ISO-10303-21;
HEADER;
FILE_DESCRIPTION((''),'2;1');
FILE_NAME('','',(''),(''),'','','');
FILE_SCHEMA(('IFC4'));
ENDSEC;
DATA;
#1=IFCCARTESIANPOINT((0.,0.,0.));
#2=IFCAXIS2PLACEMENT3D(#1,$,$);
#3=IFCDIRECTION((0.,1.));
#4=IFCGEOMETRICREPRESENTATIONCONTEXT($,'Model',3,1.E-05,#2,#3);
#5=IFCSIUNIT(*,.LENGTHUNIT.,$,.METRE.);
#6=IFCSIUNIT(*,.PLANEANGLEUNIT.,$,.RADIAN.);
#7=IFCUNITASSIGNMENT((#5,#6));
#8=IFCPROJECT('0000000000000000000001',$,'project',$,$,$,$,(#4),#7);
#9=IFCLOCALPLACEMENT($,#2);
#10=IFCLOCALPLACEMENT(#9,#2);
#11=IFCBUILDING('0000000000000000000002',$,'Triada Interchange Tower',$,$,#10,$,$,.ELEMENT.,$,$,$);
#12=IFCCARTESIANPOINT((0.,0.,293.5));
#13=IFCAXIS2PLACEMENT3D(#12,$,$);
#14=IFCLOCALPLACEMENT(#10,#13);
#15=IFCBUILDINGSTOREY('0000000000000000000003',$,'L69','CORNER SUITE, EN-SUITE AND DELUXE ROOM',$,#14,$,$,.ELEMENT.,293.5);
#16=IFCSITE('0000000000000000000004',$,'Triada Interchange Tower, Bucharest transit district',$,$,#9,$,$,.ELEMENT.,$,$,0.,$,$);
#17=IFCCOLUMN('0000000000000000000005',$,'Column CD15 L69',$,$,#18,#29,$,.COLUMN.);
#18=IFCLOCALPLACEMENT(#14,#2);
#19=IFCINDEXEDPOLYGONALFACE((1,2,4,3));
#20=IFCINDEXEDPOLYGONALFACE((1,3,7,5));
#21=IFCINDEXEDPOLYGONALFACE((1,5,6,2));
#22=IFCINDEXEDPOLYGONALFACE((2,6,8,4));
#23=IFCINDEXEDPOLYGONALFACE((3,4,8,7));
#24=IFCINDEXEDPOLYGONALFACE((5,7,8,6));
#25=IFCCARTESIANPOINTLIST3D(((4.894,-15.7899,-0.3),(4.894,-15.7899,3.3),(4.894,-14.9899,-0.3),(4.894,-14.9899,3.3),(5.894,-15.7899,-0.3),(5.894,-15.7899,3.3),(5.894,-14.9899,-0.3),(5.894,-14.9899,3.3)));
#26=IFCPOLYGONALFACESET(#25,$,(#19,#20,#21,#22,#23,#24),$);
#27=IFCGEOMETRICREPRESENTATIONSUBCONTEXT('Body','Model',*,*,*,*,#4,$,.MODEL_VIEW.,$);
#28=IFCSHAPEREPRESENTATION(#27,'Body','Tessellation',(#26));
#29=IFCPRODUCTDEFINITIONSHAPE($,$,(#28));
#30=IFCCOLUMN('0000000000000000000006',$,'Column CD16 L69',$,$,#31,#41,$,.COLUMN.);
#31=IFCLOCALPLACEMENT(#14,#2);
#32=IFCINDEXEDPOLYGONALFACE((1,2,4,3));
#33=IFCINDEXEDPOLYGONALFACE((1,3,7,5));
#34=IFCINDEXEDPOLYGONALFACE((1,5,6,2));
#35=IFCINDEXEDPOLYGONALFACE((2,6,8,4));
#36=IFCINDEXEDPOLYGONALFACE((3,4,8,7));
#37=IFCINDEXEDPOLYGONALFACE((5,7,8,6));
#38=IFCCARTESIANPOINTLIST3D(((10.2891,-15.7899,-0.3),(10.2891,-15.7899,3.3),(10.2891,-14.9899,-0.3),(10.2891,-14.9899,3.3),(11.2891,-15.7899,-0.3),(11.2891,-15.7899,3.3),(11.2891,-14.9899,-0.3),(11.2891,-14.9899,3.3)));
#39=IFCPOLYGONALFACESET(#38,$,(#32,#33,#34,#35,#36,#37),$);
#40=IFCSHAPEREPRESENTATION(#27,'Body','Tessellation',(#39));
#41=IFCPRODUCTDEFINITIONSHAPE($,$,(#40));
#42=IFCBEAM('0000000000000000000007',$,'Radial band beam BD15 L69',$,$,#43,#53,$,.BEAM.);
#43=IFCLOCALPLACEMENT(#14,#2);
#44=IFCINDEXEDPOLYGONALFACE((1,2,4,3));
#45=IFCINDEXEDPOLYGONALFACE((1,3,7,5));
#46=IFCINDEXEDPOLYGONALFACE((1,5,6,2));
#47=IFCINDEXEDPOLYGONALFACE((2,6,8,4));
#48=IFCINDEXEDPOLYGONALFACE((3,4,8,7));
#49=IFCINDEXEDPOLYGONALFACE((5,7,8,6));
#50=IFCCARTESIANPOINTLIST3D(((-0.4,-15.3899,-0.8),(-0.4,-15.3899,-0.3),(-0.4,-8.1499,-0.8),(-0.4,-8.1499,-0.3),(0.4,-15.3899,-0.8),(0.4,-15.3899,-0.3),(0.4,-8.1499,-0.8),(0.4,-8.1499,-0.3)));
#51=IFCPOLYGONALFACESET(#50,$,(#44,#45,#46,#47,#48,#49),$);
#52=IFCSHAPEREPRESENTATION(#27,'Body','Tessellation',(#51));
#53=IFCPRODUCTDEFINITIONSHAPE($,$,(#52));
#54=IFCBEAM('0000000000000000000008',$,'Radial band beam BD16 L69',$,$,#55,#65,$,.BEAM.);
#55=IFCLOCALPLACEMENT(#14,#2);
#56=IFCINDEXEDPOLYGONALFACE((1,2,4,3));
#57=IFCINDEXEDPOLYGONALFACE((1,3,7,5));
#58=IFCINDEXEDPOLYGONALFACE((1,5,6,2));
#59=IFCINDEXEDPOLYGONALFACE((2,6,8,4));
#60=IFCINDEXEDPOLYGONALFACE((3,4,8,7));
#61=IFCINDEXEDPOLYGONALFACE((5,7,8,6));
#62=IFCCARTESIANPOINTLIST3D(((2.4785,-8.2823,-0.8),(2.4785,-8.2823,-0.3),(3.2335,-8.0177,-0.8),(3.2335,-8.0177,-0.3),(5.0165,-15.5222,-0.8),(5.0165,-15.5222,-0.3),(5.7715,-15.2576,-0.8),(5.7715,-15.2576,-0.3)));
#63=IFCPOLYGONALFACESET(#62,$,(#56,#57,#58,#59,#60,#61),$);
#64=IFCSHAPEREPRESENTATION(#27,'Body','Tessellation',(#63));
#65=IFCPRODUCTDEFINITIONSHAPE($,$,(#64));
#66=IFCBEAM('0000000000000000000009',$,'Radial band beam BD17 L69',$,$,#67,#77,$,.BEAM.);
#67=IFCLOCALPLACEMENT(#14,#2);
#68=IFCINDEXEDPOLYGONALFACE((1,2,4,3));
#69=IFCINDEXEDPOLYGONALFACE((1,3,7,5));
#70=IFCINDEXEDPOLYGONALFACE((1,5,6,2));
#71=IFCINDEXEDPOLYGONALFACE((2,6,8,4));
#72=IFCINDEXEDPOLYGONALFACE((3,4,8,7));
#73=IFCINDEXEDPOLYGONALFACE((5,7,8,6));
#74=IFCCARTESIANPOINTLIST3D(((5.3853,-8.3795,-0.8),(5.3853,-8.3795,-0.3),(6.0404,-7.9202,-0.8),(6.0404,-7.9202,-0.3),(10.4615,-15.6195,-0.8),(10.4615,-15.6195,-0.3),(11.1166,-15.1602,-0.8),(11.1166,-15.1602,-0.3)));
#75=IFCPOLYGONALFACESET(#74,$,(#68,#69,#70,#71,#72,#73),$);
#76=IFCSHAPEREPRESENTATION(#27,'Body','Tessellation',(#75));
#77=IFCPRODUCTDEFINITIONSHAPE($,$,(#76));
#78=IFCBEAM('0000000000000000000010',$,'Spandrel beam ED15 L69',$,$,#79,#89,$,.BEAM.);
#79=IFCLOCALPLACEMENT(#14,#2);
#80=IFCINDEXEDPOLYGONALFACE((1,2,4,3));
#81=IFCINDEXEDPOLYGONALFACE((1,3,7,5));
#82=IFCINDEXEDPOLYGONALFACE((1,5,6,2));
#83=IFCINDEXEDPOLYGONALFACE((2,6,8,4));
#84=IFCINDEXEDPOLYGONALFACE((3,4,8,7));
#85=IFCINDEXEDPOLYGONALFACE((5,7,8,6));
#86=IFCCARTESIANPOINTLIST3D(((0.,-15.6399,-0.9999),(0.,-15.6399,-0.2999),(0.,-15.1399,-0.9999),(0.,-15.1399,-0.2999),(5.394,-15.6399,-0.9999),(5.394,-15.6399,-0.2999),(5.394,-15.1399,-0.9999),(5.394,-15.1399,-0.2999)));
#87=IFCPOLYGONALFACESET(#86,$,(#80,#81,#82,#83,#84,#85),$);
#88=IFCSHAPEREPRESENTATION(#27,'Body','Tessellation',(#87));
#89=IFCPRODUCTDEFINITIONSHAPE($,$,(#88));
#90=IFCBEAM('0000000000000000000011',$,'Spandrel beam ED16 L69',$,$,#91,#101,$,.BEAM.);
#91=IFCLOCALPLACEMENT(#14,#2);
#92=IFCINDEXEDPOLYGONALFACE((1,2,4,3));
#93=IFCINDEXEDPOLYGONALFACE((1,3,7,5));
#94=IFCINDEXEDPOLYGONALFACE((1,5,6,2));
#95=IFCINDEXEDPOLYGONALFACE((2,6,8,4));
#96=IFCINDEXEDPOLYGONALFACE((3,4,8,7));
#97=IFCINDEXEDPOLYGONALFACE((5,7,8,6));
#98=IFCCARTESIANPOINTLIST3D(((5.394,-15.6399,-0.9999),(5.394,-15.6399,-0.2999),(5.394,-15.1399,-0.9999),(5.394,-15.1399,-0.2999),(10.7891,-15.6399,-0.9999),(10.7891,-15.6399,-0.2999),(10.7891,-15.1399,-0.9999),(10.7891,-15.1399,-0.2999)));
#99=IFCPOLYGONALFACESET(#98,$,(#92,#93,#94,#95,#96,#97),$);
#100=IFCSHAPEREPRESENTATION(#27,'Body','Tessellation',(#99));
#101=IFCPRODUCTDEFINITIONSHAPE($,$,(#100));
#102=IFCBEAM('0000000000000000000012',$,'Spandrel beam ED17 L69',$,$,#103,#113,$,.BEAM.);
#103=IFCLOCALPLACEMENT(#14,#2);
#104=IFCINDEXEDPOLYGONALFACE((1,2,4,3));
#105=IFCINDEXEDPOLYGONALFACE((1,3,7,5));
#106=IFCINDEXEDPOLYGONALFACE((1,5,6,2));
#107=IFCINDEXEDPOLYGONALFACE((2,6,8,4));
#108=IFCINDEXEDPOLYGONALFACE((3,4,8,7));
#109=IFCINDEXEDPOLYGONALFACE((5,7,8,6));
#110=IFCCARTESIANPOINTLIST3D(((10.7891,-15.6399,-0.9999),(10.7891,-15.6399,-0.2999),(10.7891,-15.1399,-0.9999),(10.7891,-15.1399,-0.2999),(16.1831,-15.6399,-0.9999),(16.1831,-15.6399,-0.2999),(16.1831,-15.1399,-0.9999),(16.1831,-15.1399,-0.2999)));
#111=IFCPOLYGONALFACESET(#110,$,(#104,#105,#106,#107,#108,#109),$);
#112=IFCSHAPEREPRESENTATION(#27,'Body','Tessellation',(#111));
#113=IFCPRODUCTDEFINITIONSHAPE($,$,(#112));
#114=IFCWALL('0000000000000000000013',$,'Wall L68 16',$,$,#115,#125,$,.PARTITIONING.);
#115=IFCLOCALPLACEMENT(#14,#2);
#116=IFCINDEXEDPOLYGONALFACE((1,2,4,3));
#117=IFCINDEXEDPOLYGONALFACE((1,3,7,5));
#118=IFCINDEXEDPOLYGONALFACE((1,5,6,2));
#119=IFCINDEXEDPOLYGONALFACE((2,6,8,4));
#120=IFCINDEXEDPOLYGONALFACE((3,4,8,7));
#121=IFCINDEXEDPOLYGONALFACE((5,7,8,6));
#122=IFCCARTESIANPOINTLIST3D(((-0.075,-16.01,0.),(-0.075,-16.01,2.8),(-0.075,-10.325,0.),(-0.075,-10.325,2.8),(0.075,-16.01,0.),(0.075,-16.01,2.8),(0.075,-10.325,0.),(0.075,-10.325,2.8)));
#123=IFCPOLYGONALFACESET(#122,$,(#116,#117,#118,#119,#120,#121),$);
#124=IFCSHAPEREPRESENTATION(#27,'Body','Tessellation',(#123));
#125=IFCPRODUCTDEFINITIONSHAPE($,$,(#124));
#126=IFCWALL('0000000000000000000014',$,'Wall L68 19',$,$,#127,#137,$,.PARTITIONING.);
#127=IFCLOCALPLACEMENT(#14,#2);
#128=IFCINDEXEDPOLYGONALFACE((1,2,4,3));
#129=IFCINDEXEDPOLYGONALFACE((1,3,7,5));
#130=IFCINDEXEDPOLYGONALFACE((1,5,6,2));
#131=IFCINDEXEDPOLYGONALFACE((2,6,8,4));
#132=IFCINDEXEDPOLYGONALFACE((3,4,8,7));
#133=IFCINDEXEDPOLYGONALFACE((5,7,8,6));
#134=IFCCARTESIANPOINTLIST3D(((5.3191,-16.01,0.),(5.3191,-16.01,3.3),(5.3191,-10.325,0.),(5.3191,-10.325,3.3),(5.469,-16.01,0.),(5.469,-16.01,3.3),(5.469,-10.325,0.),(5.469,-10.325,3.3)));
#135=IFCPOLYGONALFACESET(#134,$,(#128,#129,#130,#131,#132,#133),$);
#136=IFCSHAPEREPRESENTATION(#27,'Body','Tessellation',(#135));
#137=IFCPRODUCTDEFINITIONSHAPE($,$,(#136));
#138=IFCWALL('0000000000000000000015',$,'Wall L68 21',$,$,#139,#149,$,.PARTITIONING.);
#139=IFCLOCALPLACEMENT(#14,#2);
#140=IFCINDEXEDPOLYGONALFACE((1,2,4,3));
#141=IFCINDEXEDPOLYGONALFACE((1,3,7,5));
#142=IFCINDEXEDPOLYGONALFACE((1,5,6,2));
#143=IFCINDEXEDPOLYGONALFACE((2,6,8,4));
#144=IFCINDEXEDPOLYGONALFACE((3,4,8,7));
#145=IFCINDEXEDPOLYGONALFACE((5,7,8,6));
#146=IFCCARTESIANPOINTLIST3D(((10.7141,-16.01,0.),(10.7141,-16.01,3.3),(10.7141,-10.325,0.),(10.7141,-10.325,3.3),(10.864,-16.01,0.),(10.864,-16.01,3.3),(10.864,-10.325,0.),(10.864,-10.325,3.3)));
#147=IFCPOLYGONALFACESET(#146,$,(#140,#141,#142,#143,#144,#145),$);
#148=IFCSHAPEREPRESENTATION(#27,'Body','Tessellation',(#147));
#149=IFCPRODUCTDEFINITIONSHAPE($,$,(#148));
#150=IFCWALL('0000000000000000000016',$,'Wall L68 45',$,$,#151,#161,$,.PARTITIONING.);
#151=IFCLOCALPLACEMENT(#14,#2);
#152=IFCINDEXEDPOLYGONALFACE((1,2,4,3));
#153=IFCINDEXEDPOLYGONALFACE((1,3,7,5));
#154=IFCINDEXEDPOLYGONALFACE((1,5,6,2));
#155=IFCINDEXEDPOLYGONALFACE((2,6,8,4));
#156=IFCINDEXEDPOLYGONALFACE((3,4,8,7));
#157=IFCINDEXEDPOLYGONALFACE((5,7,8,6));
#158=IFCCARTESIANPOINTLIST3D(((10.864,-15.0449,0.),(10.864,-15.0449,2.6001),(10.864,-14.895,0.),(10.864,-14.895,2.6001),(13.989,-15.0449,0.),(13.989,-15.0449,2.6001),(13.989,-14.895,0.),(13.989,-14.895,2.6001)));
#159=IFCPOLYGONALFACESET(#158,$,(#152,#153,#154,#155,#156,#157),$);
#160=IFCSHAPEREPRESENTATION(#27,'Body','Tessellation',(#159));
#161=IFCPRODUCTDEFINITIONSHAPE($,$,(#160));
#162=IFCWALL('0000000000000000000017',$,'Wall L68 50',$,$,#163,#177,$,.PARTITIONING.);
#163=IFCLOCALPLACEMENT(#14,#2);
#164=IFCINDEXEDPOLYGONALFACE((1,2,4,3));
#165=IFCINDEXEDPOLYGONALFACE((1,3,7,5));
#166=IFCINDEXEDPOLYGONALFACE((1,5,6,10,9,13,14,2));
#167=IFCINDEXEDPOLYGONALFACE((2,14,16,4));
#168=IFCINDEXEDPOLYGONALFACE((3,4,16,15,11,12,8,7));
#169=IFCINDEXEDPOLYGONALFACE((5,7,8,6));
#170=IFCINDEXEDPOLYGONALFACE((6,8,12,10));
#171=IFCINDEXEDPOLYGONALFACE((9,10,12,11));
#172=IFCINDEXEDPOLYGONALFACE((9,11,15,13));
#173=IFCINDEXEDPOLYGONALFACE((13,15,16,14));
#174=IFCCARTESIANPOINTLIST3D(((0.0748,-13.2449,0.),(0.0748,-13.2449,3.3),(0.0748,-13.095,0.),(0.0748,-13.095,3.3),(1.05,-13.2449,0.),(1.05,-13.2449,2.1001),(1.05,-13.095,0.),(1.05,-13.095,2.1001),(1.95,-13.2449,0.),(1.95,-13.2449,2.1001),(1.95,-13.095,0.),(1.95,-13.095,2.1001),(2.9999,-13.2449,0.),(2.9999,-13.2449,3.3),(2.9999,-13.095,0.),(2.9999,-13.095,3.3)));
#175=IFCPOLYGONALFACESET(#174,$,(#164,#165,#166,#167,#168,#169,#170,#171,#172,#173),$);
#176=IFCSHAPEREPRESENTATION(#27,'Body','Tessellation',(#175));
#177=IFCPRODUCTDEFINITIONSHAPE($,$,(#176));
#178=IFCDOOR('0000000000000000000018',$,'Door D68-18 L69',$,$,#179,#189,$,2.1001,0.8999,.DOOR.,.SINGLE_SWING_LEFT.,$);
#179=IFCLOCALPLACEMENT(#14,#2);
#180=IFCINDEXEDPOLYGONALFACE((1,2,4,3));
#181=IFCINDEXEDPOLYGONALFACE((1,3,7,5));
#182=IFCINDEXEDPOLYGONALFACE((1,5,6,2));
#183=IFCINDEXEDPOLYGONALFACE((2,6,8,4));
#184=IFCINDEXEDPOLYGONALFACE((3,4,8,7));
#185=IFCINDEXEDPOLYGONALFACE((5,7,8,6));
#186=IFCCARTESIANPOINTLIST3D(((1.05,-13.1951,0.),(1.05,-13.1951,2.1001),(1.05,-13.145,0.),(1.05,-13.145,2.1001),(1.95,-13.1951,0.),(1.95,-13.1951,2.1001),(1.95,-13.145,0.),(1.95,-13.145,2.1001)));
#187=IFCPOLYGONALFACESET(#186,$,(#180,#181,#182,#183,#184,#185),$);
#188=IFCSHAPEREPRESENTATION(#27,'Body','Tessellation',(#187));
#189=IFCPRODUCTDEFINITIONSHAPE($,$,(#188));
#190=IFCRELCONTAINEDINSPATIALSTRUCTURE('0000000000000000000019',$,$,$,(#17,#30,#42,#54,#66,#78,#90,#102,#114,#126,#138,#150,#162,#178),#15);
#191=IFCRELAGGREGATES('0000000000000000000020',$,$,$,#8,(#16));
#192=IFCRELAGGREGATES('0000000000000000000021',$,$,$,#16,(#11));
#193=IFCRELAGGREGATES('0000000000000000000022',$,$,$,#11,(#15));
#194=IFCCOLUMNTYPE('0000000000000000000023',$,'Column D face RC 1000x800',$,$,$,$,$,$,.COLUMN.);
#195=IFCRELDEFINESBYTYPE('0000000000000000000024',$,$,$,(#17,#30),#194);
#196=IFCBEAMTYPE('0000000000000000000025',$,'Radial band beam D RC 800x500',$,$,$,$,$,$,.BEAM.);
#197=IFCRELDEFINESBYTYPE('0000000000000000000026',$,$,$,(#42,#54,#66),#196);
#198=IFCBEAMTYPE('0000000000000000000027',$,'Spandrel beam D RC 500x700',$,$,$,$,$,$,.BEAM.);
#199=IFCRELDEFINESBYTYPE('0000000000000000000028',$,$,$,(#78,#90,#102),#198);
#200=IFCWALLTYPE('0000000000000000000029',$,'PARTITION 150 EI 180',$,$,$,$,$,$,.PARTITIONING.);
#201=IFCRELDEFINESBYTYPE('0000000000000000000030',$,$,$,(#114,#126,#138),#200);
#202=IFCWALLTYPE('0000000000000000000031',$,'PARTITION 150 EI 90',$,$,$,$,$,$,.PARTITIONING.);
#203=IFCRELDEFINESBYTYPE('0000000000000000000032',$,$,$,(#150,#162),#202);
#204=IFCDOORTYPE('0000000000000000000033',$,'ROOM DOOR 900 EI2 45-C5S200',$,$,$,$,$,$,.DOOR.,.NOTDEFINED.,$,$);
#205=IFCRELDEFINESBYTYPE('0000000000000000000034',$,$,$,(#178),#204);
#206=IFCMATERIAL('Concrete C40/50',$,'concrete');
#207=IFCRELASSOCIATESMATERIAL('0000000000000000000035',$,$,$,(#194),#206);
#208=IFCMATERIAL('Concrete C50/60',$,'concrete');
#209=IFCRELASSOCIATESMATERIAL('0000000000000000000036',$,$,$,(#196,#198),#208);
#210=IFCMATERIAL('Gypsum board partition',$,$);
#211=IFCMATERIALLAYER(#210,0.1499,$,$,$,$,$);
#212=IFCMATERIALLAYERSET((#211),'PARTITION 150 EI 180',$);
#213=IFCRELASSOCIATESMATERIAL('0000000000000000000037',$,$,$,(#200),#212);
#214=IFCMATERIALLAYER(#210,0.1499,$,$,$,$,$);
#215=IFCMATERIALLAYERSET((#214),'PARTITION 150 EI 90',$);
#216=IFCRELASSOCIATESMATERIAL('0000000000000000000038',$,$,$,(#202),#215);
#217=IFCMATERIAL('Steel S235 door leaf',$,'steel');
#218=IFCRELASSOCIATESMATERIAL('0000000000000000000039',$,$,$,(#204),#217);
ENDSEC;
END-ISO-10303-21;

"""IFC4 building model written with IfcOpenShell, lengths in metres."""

from ifc_helpers import new_model, si_unit, direction, frame, frame_2d, origin, origin_2d, place, context, subcontext, project, spatial, rectangle, extrude, material, layer, layer_set, material_profile, profile_set, type_object, element, fill, save


model = new_model("IFC4")

# Units and contexts
model_context = context("Model", 3, precision=1e-05, world=origin(), true_north=direction((0.0, 1.0)))
body_context = subcontext(model_context, "Body", "Model", "MODEL_VIEW")
ifc_project = project(units=[si_unit("LENGTHUNIT", "METRE"), si_unit("PLANEANGLEUNIT", "RADIAN")], contexts=[model_context])

# Site, building, storey
site_placement = place(None, origin())
site = spatial("IfcSite", under=ifc_project, at=site_placement, Name="Triada Interchange Tower, Bucharest transit district", CompositionType="ELEMENT", RefElevation=0.0)
building_placement = place(site_placement, origin())
building = spatial("IfcBuilding", under=site, at=building_placement, Name="Triada Interchange Tower", CompositionType="ELEMENT")
storey_placement = place(building_placement, frame((0.0, 0.0, 293.5)))
storey = spatial("IfcBuildingStorey", under=building, at=storey_placement, Name="L69", Description="CORNER SUITE, EN-SUITE AND DELUXE ROOM", CompositionType="ELEMENT", Elevation=293.5)

# Columns
ifc_material_1 = material(Name="Concrete C40/50", Category="concrete")
ifc_material_profile_1 = material_profile(ifc_material_1, rectangle(XDim=1.0, YDim=0.8, at=origin_2d()), Name="RC 1000x800")
ifc_profile_set_1 = profile_set([ifc_material_profile_1], Name="Concrete C40/50")
column_type = type_object("IfcColumnType", Name="Column D face RC 1000x800", PredefinedType="COLUMN", material=ifc_profile_set_1)
for number, where, z_axis, x_axis, name in (
    (1, (5.394, -15.3899, -0.3), (0.0, 0.0, 1.0), (1.0, 0.0, 0.0), "Column CD15 L69"),
    (2, (10.7891, -15.3899, -0.3), (0.0, 0.0, 1.0), (1.0, 0.0, 0.0), "Column CD16 L69"),
):
    element("IfcColumn", number, at=place(storey_placement, frame(where, z_axis=z_axis, x_axis=x_axis)), inside=storey, type_object=column_type, Name=name, PredefinedType="COLUMN", context=body_context, shape_type="SweptSolid", body=[
        extrude(rectangle(XDim=1.0, YDim=0.8, at=origin_2d()), origin(), (0.0, 0.0, 1.0), 3.6001),
    ])

# Beams
ifc_material_2 = material(Name="Concrete C50/60", Category="concrete")
ifc_material_profile_2 = material_profile(ifc_material_2, rectangle(XDim=0.8, YDim=0.5, at=origin_2d()), Name="RC 800x500")
ifc_profile_set_2 = profile_set([ifc_material_profile_2], Name="Concrete C50/60")
beam_type_1 = type_object("IfcBeamType", Name="Radial band beam D RC 800x500", PredefinedType="BEAM", material=ifc_profile_set_2)
beam_1_placement = place(storey_placement, frame((0.0, -15.3899, -0.55), z_axis=(0.0, 1.0, 0.0), x_axis=(-1.0, 0.0, 0.0)))
element("IfcBeam", 3, at=beam_1_placement, inside=storey, type_object=beam_type_1, Name="Radial band beam BD15 L69", PredefinedType="BEAM", context=body_context, shape_type="SweptSolid", body=[
    extrude(rectangle(XDim=0.8, YDim=0.5, at=origin_2d()), origin(), (0.0, 0.0, 1.0), 7.24),
])
beam_2_placement = place(storey_placement, frame((5.394, -15.3899, -0.55), z_axis=(-0.330825, 0.943692, 0.0), x_axis=(-0.943692, -0.330825, 0.0)))
element("IfcBeam", 4, at=beam_2_placement, inside=storey, type_object=beam_type_1, Name="Radial band beam BD16 L69", PredefinedType="BEAM", context=body_context, shape_type="SweptSolid", body=[
    extrude(rectangle(XDim=0.8, YDim=0.5, at=origin_2d()), origin(), (0.0, 0.0, 1.0), 7.6719),
])
beam_3_placement = place(storey_placement, frame((10.7891, -15.3899, -0.55), z_axis=(-0.574083, 0.818797, 0.0), x_axis=(-0.818797, -0.574083, 0.0)))
element("IfcBeam", 5, at=beam_3_placement, inside=storey, type_object=beam_type_1, Name="Radial band beam BD17 L69", PredefinedType="BEAM", context=body_context, shape_type="SweptSolid", body=[
    extrude(rectangle(XDim=0.8, YDim=0.5, at=origin_2d()), origin(), (0.0, 0.0, 1.0), 8.8423),
])
ifc_material_profile_3 = material_profile(ifc_material_2, rectangle(XDim=0.5, YDim=0.7, at=origin_2d()), Name="RC 500x700")
ifc_profile_set_3 = profile_set([ifc_material_profile_3], Name="Concrete C50/60")
beam_type_2 = type_object("IfcBeamType", Name="Spandrel beam D RC 500x700", PredefinedType="BEAM", material=ifc_profile_set_3)
beam_4_placement = place(storey_placement, frame((0.0, -15.3899, -0.6499), z_axis=(1.0, 0.0, 0.0), x_axis=(0.0, 1.0, 0.0)))
element("IfcBeam", 6, at=beam_4_placement, inside=storey, type_object=beam_type_2, Name="Spandrel beam ED15 L69", PredefinedType="BEAM", context=body_context, shape_type="SweptSolid", body=[
    extrude(rectangle(XDim=0.5, YDim=0.7, at=origin_2d()), origin(), (0.0, 0.0, 1.0), 5.394),
])
beam_5_placement = place(storey_placement, frame((5.394, -15.3899, -0.6499), z_axis=(1.0, 0.0, 0.0), x_axis=(0.0, 1.0, 0.0)))
element("IfcBeam", 7, at=beam_5_placement, inside=storey, type_object=beam_type_2, Name="Spandrel beam ED16 L69", PredefinedType="BEAM", context=body_context, shape_type="SweptSolid", body=[
    extrude(rectangle(XDim=0.5, YDim=0.7, at=origin_2d()), origin(), (0.0, 0.0, 1.0), 5.395),
])
beam_6_placement = place(storey_placement, frame((10.7891, -15.3899, -0.6499), z_axis=(1.0, 0.0, 0.0), x_axis=(0.0, 1.0, 0.0)))
element("IfcBeam", 8, at=beam_6_placement, inside=storey, type_object=beam_type_2, Name="Spandrel beam ED17 L69", PredefinedType="BEAM", context=body_context, shape_type="SweptSolid", body=[
    extrude(rectangle(XDim=0.5, YDim=0.7, at=origin_2d()), origin(), (0.0, 0.0, 1.0), 5.394),
])

# Walls
ifc_material_3 = material(Name="Gypsum board partition")
ifc_layer_1 = layer(ifc_material_3, 0.1499)
ifc_layer_set_1 = layer_set([ifc_layer_1], Name="PARTITION 150 EI 180")
wall_type_1 = type_object("IfcWallType", Name="PARTITION 150 EI 180", PredefinedType="PARTITIONING", material=ifc_layer_set_1)
wall_1_placement = place(storey_placement, frame((0.0, -16.01, 0.0), z_axis=(0.0, 0.0, 1.0), x_axis=(0.0, 1.0, 0.0)))
element("IfcWall", 9, at=wall_1_placement, inside=storey, type_object=wall_type_1, Name="Wall L68 16", PredefinedType="PARTITIONING", context=body_context, shape_type="SweptSolid", body=[
    extrude(rectangle(XDim=5.6851, YDim=0.1499, at=frame_2d((2.8425, 0.0))), origin(), (0.0, 0.0, 1.0), 2.8),
])
for number, where, z_axis, x_axis, name in (
    (10, (5.394, -16.01, 0.0), (0.0, 0.0, 1.0), (0.0, 1.0, 0.0), "Wall L68 19"),
    (11, (10.7891, -16.01, 0.0), (0.0, 0.0, 1.0), (0.0, 1.0, 0.0), "Wall L68 21"),
):
    element("IfcWall", number, at=place(storey_placement, frame(where, z_axis=z_axis, x_axis=x_axis)), inside=storey, type_object=wall_type_1, Name=name, PredefinedType="PARTITIONING", context=body_context, shape_type="SweptSolid", body=[
        extrude(rectangle(XDim=5.6851, YDim=0.1499, at=frame_2d((2.8425, 0.0))), origin(), (0.0, 0.0, 1.0), 3.3),
    ])
ifc_layer_2 = layer(ifc_material_3, 0.1499)
ifc_layer_set_2 = layer_set([ifc_layer_2], Name="PARTITION 150 EI 90")
wall_type_2 = type_object("IfcWallType", Name="PARTITION 150 EI 90", PredefinedType="PARTITIONING", material=ifc_layer_set_2)
wall_2_placement = place(storey_placement, frame((10.864, -14.97, 0.0), z_axis=(0.0, 0.0, 1.0), x_axis=(1.0, 0.0, 0.0)))
element("IfcWall", 12, at=wall_2_placement, inside=storey, type_object=wall_type_2, Name="Wall L68 45", PredefinedType="PARTITIONING", context=body_context, shape_type="SweptSolid", body=[
    extrude(rectangle(XDim=3.125, YDim=0.1499, at=frame_2d((1.5625, 0.0))), origin(), (0.0, 0.0, 1.0), 2.6001),
])

# Wall, opening, door
wall_3_placement = place(storey_placement, frame((0.075, -13.1699, 0.0), z_axis=(0.0, 0.0, 1.0), x_axis=(1.0, 0.0, 0.0)))
wall_3 = element("IfcWall", 13, at=wall_3_placement, inside=storey, type_object=wall_type_2, Name="Wall L68 50", PredefinedType="PARTITIONING", context=body_context, shape_type="SweptSolid", body=[
    extrude(rectangle(XDim=2.925, YDim=0.1499, at=frame_2d((1.4624, 0.0))), origin(), (0.0, 0.0, 1.0), 3.3),
])
opening_placement = place(wall_3_placement, frame((0.9751, 0.0, 0.0)))
opening = element("IfcOpeningElement", 14, at=opening_placement, cuts=wall_3, PredefinedType="OPENING", context=body_context, shape_type="SweptSolid", body=[
    extrude(rectangle(XDim=0.8999, YDim=2.1001, at=frame_2d((0.45, 1.05))), frame((0.0, 0.085, 0.0), z_axis=(0.0, -1.0, 0.0), x_axis=(1.0, 0.0, 0.0)), (0.0, 0.0, 1.0), 0.1699),
])
ifc_material_4 = material(Name="Steel S235 door leaf", Category="steel")
door_type = type_object("IfcDoorType", Name="ROOM DOOR 900 EI2 45-C5S200", OperationType="NOTDEFINED", PredefinedType="DOOR", material=ifc_material_4)
door_placement = place(opening_placement, origin())
door = element("IfcDoor", 15, at=door_placement, inside=storey, type_object=door_type, Name="Door D68-18 L69", OperationType="SINGLE_SWING_LEFT", OverallHeight=2.1001, OverallWidth=0.8999, PredefinedType="DOOR", context=body_context, shape_type="SweptSolid", body=[
    extrude(rectangle(XDim=0.8999, YDim=2.1001, at=frame_2d((0.45, 1.05))), frame((0.0, 0.0249, 0.0), z_axis=(0.0, -1.0, 0.0), x_axis=(1.0, 0.0, 0.0)), (0.0, 0.0, 1.0), 0.05),
])
fill(opening, door)

save(model, "model.ifc")
